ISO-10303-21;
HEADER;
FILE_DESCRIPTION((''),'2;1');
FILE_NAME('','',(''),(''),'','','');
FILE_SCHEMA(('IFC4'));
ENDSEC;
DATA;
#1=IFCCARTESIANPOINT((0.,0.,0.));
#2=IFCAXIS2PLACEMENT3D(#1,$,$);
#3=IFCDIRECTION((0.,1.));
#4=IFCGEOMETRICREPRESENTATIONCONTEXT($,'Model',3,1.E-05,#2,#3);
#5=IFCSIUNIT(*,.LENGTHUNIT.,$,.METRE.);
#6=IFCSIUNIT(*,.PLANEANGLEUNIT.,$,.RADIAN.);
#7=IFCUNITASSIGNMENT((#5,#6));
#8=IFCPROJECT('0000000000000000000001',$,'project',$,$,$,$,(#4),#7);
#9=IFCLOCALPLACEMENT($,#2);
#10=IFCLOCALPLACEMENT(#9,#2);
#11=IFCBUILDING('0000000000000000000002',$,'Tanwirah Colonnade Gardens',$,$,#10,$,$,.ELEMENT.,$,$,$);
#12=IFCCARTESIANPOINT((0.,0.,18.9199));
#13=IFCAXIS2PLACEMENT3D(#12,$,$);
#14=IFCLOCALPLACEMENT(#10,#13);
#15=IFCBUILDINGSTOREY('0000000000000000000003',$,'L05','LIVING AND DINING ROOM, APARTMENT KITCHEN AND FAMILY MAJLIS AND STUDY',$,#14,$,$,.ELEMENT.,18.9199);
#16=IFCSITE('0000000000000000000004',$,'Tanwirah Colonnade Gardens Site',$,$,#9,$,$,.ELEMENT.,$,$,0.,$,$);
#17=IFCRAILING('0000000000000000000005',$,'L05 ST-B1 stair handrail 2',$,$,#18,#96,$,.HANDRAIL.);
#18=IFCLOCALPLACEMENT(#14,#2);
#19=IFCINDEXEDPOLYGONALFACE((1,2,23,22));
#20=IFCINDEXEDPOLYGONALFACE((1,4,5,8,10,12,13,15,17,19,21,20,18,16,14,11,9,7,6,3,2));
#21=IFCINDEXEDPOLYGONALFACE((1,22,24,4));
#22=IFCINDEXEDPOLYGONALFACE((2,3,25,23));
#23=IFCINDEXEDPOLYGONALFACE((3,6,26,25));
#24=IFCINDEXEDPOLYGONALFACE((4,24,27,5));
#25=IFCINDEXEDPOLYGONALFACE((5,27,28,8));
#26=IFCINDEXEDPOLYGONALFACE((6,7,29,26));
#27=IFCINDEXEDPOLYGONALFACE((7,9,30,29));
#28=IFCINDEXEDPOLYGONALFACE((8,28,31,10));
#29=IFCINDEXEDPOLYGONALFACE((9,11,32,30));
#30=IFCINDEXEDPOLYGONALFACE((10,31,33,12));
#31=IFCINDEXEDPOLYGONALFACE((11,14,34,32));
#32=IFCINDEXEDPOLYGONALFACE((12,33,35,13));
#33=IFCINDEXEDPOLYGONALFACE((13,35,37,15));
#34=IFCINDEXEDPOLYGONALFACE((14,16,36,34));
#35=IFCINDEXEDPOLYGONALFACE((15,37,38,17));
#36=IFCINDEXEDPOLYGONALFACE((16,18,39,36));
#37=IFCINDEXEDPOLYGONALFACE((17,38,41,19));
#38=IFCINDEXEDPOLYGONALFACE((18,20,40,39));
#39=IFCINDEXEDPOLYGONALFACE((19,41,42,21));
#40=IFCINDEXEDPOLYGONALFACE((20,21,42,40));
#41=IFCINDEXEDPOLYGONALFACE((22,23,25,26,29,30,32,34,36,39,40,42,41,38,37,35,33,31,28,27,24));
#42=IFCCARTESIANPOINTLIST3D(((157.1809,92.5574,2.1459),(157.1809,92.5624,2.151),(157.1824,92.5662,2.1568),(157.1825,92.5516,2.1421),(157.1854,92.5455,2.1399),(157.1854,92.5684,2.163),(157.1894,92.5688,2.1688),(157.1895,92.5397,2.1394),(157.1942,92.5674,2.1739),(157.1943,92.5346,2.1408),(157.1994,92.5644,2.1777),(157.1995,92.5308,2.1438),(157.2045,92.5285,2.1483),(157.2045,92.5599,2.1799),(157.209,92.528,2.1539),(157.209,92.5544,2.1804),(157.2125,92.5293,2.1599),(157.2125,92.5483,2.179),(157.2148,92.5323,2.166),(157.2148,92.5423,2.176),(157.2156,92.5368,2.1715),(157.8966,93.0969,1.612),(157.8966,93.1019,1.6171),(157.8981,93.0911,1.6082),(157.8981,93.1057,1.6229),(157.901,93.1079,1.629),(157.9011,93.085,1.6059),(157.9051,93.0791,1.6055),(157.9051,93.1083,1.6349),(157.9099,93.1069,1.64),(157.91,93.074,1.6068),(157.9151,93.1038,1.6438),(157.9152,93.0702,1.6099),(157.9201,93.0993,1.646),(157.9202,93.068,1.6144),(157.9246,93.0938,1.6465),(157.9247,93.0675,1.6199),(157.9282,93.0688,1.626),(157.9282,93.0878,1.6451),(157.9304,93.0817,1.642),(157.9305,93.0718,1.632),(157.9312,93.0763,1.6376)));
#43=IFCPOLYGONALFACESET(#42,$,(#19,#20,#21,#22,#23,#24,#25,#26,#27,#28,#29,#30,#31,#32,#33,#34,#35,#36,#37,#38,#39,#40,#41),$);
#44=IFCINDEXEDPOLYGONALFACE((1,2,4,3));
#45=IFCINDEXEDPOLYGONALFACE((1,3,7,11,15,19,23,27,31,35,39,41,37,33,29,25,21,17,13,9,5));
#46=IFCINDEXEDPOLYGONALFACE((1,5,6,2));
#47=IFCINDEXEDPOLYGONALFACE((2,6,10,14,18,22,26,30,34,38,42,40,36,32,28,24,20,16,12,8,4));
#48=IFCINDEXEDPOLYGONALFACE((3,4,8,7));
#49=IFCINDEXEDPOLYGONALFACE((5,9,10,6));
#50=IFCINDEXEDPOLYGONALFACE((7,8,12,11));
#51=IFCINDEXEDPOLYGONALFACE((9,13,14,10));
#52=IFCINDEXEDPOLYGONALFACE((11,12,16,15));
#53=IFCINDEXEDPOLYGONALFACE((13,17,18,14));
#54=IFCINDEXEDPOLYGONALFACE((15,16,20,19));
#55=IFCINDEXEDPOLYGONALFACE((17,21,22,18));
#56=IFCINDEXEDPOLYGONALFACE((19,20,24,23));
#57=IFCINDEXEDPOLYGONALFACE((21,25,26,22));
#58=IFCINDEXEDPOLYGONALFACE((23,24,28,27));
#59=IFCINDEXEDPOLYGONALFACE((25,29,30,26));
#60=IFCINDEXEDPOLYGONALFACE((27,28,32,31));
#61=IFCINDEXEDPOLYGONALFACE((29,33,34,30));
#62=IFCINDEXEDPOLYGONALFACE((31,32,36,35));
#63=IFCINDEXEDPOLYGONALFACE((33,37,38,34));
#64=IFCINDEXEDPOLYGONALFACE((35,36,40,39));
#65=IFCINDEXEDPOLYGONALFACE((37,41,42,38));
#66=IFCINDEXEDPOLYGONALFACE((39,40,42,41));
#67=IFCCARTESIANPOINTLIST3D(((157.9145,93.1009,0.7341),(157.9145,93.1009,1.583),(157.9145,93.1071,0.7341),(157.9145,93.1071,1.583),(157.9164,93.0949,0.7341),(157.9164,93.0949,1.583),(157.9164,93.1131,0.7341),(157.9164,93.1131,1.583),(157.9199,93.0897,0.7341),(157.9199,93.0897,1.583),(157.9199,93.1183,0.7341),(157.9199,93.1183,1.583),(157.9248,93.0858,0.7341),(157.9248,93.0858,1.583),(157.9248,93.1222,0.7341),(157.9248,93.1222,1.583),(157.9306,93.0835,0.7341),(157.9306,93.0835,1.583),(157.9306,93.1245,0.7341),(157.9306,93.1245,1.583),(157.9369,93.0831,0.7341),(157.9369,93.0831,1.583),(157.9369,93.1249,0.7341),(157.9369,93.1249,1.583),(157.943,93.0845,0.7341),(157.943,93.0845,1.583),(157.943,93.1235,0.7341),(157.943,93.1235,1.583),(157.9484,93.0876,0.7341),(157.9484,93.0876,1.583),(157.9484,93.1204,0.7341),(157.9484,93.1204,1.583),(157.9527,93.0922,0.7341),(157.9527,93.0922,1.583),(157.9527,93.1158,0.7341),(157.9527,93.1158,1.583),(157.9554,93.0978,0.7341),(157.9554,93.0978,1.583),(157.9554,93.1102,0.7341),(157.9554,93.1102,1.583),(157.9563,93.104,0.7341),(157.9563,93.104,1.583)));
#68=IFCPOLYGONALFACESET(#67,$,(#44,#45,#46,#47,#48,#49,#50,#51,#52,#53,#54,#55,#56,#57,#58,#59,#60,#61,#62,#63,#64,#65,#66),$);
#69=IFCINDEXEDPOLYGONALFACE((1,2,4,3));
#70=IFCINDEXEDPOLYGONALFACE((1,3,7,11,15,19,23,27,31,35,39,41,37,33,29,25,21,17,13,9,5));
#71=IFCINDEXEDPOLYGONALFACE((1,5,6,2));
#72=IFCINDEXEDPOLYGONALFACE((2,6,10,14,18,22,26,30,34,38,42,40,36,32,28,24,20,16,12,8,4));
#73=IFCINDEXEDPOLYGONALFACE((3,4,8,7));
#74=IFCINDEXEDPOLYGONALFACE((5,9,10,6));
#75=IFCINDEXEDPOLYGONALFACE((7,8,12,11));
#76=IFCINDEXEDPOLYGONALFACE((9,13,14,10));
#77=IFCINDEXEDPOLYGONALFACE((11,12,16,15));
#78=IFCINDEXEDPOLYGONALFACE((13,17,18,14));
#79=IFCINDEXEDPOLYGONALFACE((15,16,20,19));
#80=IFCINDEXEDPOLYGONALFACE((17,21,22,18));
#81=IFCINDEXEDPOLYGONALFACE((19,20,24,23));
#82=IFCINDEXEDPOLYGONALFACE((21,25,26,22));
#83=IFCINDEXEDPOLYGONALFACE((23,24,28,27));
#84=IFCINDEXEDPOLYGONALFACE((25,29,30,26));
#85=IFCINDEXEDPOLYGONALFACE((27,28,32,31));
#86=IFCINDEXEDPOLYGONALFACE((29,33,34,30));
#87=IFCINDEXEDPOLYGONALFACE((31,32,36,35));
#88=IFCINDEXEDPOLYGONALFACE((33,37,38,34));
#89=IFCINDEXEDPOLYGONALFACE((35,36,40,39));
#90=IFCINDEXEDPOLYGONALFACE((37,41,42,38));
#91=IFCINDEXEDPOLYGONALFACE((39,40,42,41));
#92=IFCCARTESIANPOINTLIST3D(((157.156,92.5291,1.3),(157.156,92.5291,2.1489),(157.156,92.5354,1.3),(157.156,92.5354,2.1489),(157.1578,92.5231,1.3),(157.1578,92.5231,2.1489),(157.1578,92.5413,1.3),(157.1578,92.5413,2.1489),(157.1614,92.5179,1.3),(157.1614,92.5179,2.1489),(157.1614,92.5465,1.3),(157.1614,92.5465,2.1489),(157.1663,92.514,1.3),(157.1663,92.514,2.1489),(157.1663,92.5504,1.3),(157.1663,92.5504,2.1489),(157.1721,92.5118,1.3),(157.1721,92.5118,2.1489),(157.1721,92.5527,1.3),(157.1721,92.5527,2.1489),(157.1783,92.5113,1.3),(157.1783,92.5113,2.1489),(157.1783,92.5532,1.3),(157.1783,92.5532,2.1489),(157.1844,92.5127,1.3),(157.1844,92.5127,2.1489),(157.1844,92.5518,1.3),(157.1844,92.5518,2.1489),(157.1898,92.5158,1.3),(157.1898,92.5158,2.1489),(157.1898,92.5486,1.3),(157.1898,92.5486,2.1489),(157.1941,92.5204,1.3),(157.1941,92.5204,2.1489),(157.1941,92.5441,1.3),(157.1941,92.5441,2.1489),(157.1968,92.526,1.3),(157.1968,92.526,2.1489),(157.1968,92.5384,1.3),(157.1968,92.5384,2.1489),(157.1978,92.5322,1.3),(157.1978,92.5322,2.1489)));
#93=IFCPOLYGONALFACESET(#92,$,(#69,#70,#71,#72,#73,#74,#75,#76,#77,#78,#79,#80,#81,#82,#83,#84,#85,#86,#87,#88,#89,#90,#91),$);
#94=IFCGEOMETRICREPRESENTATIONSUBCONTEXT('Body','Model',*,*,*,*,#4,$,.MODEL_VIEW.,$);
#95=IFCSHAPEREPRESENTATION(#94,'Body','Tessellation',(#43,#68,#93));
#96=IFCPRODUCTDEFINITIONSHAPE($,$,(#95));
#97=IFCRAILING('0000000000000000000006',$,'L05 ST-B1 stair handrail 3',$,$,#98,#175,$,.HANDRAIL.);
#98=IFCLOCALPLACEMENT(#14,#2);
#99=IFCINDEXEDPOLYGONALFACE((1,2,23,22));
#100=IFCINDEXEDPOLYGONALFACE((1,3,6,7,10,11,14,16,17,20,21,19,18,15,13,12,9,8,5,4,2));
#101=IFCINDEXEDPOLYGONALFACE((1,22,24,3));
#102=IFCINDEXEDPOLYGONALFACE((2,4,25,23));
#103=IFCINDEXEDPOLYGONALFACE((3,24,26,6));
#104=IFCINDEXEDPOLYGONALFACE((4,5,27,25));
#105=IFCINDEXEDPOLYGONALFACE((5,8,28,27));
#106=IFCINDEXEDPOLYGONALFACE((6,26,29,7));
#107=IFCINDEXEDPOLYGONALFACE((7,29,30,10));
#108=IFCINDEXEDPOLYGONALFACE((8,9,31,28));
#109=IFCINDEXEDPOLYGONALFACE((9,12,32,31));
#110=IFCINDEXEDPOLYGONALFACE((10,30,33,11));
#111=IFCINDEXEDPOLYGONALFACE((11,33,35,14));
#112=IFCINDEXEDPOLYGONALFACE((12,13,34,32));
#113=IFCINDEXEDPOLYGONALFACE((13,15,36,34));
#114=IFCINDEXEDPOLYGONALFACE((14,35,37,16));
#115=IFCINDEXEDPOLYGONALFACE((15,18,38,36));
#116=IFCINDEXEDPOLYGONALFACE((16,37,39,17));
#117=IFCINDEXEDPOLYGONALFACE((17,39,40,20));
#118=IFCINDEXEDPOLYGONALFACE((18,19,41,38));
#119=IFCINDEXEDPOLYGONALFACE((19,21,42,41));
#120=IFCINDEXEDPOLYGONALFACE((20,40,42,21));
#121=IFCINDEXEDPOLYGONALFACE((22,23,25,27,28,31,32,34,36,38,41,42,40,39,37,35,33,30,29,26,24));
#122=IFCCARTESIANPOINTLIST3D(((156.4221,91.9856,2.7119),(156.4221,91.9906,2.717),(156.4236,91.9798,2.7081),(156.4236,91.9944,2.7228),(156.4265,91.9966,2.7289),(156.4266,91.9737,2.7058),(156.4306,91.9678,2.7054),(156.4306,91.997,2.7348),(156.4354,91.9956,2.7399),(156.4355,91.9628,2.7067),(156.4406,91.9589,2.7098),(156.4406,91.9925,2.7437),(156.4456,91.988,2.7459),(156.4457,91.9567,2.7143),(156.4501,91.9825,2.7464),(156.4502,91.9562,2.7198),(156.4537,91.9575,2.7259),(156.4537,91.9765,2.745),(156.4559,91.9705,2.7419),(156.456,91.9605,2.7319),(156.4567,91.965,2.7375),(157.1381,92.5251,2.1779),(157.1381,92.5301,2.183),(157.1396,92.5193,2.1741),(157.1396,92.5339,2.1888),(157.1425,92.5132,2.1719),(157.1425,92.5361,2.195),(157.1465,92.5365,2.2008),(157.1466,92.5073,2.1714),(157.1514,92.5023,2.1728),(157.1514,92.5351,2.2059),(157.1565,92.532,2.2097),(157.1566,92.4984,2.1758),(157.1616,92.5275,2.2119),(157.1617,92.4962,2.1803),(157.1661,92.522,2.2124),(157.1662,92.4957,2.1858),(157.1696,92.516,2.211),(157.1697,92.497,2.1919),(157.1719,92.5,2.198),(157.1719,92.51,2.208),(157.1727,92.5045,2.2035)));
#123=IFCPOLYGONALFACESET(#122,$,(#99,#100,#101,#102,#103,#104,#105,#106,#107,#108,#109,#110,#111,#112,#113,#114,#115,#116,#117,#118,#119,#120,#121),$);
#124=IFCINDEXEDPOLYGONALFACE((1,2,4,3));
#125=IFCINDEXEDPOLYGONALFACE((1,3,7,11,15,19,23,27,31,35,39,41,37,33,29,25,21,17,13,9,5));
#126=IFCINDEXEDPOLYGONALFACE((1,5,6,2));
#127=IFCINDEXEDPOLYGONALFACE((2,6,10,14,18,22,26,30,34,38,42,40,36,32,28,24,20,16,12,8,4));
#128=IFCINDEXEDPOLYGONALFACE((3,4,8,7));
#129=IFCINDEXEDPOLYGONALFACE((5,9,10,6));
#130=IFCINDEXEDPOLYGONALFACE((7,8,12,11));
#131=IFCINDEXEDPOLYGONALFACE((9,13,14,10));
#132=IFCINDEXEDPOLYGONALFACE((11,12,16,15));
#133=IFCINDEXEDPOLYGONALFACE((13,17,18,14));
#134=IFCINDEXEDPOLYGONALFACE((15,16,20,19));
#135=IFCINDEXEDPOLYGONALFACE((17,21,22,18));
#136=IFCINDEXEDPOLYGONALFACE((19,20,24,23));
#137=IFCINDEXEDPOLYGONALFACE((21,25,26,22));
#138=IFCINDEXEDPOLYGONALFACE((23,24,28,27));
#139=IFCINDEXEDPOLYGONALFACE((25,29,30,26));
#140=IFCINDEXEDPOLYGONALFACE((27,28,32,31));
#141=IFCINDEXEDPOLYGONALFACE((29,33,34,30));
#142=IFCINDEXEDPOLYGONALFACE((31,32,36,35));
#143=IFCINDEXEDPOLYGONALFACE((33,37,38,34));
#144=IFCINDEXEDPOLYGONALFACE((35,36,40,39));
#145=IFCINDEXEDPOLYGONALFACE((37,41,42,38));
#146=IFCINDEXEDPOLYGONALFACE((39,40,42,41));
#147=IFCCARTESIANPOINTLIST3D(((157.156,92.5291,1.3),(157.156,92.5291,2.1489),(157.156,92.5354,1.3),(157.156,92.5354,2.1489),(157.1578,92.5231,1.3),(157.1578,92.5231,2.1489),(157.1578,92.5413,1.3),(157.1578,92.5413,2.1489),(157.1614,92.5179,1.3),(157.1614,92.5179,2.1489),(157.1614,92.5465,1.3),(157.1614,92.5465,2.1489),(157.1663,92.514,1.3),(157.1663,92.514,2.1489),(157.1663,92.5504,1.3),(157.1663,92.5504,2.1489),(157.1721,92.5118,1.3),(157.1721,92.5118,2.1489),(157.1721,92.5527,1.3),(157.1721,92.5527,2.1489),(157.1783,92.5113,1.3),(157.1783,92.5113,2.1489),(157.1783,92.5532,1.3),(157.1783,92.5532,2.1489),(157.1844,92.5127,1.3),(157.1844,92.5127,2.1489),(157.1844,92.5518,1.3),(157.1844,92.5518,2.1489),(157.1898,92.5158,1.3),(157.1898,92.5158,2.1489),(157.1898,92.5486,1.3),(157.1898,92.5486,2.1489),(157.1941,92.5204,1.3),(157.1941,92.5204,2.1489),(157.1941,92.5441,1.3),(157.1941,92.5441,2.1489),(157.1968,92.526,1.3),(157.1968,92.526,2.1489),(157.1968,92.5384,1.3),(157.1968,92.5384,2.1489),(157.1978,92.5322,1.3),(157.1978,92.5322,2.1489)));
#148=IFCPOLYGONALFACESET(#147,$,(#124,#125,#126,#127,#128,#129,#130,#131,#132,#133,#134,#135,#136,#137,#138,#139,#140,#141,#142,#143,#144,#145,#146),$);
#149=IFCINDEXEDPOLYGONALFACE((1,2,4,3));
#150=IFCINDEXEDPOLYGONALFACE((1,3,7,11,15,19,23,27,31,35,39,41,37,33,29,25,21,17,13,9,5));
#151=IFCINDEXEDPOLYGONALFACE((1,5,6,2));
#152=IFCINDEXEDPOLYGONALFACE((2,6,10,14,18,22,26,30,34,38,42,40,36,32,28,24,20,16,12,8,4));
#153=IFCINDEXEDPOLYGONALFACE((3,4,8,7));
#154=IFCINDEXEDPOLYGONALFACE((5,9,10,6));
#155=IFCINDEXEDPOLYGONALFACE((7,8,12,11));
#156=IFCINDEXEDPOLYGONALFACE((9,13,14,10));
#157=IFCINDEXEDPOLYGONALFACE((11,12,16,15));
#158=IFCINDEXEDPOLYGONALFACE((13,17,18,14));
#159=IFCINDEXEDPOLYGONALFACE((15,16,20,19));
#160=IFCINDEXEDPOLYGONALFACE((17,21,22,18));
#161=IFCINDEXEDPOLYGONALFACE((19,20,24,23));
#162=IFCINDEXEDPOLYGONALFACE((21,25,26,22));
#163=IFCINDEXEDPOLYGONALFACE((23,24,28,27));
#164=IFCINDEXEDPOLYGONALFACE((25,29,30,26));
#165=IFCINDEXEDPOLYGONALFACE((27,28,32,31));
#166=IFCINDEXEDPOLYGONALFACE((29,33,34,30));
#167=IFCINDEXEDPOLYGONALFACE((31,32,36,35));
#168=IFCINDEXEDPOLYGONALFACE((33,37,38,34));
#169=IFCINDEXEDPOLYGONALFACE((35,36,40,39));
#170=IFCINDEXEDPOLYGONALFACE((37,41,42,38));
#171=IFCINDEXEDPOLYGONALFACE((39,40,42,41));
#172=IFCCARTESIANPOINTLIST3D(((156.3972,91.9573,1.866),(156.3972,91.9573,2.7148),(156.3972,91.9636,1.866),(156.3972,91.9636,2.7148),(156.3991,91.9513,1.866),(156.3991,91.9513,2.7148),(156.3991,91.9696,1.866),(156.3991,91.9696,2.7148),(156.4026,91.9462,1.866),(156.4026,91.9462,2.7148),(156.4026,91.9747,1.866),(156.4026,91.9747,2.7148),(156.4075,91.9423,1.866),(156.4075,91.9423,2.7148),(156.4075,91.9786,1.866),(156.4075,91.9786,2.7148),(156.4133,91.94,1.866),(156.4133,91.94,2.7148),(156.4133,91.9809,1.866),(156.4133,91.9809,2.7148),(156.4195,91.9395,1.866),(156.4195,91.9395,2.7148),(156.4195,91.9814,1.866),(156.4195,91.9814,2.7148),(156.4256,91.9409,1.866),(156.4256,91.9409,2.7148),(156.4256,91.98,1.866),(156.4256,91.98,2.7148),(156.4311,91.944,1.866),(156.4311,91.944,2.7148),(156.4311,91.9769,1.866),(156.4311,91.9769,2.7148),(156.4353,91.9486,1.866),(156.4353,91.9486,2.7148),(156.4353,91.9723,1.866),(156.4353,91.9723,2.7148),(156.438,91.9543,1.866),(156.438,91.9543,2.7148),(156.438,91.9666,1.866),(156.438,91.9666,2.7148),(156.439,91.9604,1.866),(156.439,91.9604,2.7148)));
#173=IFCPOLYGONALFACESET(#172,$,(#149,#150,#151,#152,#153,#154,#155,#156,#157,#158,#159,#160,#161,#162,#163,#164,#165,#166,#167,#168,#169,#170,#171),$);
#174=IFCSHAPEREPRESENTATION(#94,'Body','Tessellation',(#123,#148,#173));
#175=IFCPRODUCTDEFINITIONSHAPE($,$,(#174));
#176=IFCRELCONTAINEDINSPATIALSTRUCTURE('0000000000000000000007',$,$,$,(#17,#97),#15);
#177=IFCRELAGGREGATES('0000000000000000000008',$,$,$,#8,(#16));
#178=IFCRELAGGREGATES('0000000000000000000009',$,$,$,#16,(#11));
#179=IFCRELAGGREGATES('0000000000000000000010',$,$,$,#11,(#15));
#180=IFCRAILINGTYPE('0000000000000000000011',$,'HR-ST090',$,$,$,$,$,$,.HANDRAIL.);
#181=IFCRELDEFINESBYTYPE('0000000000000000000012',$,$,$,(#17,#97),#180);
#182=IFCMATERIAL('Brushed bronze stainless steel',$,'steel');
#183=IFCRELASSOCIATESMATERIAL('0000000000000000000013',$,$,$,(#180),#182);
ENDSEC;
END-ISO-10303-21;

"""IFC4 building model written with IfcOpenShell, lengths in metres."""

from ifc_helpers import new_model, si_unit, direction, frame, origin, origin_2d, place, context, subcontext, project, spatial, circle, extrude, material, type_object, element, save


model = new_model("IFC4")

# Units and contexts
model_context = context("Model", 3, precision=1e-05, world=origin(), true_north=direction((0.0, 1.0)))
body_context = subcontext(model_context, "Body", "Model", "MODEL_VIEW")
ifc_project = project(units=[si_unit("LENGTHUNIT", "METRE"), si_unit("PLANEANGLEUNIT", "RADIAN")], contexts=[model_context])

# Site, building, storey
site_placement = place(None, origin())
site = spatial("IfcSite", under=ifc_project, at=site_placement, Name="Tanwirah Colonnade Gardens Site", CompositionType="ELEMENT", RefElevation=0.0)
building_placement = place(site_placement, origin())
building = spatial("IfcBuilding", under=site, at=building_placement, Name="Tanwirah Colonnade Gardens", CompositionType="ELEMENT")
storey_placement = place(building_placement, frame((0.0, 0.0, 18.9199)))
storey = spatial("IfcBuildingStorey", under=building, at=storey_placement, Name="L05", Description="LIVING AND DINING ROOM, APARTMENT KITCHEN AND FAMILY MAJLIS AND STUDY", CompositionType="ELEMENT", Elevation=18.9199)

# Railings
ifc_material_1 = material(Name="Brushed bronze stainless steel", Category="steel")
railing_type_1 = type_object("IfcRailingType", Name="HR-ST090", PredefinedType="HANDRAIL", material=ifc_material_1)
railing_1_placement = place(storey_placement, frame((157.9353, 93.104, 0.7341)))
element("IfcRailing", 1, at=railing_1_placement, inside=storey, type_object=railing_type_1, Name="L05 ST-B1 stair handrail 2", PredefinedType="HANDRAIL", context=body_context, shape_type="SweptSolid", body=[
    extrude(circle(Radius=0.0239, at=origin_2d()), frame((-0.0215, -0.0161, 0.8918), z_axis=(-0.686028, -0.517116, 0.511817), x_axis=(0.601931, -0.798548, 0.0)), (0.0, 0.0, 1.0), 1.0432),
    extrude(circle(Radius=0.021, at=origin_2d()), origin(), (0.0, 0.0, 1.0), 0.8489),
    extrude(circle(Radius=0.021, at=origin_2d()), frame((-0.7585, -0.5718, 0.5659)), (0.0, 0.0, 1.0), 0.8489),
])
railing_2_placement = place(storey_placement, frame((157.1768, 92.5322, 1.3)))
element("IfcRailing", 2, at=railing_2_placement, inside=storey, type_object=railing_type_1, Name="L05 ST-B1 stair handrail 3", PredefinedType="HANDRAIL", context=body_context, shape_type="SweptSolid", body=[
    extrude(circle(Radius=0.0239, at=origin_2d()), frame((-0.0215, -0.0161, 0.8918), z_axis=(-0.686145, -0.517037, 0.511739), x_axis=(0.601807, -0.798641, 0.0)), (0.0, 0.0, 1.0), 1.0435),
    extrude(circle(Radius=0.021, at=origin_2d()), origin(), (0.0, 0.0, 1.0), 0.8489),
    extrude(circle(Radius=0.021, at=origin_2d()), frame((-0.7588, -0.5718, 0.5659)), (0.0, 0.0, 1.0), 0.8489),
])

save(model, "model.ifc")
